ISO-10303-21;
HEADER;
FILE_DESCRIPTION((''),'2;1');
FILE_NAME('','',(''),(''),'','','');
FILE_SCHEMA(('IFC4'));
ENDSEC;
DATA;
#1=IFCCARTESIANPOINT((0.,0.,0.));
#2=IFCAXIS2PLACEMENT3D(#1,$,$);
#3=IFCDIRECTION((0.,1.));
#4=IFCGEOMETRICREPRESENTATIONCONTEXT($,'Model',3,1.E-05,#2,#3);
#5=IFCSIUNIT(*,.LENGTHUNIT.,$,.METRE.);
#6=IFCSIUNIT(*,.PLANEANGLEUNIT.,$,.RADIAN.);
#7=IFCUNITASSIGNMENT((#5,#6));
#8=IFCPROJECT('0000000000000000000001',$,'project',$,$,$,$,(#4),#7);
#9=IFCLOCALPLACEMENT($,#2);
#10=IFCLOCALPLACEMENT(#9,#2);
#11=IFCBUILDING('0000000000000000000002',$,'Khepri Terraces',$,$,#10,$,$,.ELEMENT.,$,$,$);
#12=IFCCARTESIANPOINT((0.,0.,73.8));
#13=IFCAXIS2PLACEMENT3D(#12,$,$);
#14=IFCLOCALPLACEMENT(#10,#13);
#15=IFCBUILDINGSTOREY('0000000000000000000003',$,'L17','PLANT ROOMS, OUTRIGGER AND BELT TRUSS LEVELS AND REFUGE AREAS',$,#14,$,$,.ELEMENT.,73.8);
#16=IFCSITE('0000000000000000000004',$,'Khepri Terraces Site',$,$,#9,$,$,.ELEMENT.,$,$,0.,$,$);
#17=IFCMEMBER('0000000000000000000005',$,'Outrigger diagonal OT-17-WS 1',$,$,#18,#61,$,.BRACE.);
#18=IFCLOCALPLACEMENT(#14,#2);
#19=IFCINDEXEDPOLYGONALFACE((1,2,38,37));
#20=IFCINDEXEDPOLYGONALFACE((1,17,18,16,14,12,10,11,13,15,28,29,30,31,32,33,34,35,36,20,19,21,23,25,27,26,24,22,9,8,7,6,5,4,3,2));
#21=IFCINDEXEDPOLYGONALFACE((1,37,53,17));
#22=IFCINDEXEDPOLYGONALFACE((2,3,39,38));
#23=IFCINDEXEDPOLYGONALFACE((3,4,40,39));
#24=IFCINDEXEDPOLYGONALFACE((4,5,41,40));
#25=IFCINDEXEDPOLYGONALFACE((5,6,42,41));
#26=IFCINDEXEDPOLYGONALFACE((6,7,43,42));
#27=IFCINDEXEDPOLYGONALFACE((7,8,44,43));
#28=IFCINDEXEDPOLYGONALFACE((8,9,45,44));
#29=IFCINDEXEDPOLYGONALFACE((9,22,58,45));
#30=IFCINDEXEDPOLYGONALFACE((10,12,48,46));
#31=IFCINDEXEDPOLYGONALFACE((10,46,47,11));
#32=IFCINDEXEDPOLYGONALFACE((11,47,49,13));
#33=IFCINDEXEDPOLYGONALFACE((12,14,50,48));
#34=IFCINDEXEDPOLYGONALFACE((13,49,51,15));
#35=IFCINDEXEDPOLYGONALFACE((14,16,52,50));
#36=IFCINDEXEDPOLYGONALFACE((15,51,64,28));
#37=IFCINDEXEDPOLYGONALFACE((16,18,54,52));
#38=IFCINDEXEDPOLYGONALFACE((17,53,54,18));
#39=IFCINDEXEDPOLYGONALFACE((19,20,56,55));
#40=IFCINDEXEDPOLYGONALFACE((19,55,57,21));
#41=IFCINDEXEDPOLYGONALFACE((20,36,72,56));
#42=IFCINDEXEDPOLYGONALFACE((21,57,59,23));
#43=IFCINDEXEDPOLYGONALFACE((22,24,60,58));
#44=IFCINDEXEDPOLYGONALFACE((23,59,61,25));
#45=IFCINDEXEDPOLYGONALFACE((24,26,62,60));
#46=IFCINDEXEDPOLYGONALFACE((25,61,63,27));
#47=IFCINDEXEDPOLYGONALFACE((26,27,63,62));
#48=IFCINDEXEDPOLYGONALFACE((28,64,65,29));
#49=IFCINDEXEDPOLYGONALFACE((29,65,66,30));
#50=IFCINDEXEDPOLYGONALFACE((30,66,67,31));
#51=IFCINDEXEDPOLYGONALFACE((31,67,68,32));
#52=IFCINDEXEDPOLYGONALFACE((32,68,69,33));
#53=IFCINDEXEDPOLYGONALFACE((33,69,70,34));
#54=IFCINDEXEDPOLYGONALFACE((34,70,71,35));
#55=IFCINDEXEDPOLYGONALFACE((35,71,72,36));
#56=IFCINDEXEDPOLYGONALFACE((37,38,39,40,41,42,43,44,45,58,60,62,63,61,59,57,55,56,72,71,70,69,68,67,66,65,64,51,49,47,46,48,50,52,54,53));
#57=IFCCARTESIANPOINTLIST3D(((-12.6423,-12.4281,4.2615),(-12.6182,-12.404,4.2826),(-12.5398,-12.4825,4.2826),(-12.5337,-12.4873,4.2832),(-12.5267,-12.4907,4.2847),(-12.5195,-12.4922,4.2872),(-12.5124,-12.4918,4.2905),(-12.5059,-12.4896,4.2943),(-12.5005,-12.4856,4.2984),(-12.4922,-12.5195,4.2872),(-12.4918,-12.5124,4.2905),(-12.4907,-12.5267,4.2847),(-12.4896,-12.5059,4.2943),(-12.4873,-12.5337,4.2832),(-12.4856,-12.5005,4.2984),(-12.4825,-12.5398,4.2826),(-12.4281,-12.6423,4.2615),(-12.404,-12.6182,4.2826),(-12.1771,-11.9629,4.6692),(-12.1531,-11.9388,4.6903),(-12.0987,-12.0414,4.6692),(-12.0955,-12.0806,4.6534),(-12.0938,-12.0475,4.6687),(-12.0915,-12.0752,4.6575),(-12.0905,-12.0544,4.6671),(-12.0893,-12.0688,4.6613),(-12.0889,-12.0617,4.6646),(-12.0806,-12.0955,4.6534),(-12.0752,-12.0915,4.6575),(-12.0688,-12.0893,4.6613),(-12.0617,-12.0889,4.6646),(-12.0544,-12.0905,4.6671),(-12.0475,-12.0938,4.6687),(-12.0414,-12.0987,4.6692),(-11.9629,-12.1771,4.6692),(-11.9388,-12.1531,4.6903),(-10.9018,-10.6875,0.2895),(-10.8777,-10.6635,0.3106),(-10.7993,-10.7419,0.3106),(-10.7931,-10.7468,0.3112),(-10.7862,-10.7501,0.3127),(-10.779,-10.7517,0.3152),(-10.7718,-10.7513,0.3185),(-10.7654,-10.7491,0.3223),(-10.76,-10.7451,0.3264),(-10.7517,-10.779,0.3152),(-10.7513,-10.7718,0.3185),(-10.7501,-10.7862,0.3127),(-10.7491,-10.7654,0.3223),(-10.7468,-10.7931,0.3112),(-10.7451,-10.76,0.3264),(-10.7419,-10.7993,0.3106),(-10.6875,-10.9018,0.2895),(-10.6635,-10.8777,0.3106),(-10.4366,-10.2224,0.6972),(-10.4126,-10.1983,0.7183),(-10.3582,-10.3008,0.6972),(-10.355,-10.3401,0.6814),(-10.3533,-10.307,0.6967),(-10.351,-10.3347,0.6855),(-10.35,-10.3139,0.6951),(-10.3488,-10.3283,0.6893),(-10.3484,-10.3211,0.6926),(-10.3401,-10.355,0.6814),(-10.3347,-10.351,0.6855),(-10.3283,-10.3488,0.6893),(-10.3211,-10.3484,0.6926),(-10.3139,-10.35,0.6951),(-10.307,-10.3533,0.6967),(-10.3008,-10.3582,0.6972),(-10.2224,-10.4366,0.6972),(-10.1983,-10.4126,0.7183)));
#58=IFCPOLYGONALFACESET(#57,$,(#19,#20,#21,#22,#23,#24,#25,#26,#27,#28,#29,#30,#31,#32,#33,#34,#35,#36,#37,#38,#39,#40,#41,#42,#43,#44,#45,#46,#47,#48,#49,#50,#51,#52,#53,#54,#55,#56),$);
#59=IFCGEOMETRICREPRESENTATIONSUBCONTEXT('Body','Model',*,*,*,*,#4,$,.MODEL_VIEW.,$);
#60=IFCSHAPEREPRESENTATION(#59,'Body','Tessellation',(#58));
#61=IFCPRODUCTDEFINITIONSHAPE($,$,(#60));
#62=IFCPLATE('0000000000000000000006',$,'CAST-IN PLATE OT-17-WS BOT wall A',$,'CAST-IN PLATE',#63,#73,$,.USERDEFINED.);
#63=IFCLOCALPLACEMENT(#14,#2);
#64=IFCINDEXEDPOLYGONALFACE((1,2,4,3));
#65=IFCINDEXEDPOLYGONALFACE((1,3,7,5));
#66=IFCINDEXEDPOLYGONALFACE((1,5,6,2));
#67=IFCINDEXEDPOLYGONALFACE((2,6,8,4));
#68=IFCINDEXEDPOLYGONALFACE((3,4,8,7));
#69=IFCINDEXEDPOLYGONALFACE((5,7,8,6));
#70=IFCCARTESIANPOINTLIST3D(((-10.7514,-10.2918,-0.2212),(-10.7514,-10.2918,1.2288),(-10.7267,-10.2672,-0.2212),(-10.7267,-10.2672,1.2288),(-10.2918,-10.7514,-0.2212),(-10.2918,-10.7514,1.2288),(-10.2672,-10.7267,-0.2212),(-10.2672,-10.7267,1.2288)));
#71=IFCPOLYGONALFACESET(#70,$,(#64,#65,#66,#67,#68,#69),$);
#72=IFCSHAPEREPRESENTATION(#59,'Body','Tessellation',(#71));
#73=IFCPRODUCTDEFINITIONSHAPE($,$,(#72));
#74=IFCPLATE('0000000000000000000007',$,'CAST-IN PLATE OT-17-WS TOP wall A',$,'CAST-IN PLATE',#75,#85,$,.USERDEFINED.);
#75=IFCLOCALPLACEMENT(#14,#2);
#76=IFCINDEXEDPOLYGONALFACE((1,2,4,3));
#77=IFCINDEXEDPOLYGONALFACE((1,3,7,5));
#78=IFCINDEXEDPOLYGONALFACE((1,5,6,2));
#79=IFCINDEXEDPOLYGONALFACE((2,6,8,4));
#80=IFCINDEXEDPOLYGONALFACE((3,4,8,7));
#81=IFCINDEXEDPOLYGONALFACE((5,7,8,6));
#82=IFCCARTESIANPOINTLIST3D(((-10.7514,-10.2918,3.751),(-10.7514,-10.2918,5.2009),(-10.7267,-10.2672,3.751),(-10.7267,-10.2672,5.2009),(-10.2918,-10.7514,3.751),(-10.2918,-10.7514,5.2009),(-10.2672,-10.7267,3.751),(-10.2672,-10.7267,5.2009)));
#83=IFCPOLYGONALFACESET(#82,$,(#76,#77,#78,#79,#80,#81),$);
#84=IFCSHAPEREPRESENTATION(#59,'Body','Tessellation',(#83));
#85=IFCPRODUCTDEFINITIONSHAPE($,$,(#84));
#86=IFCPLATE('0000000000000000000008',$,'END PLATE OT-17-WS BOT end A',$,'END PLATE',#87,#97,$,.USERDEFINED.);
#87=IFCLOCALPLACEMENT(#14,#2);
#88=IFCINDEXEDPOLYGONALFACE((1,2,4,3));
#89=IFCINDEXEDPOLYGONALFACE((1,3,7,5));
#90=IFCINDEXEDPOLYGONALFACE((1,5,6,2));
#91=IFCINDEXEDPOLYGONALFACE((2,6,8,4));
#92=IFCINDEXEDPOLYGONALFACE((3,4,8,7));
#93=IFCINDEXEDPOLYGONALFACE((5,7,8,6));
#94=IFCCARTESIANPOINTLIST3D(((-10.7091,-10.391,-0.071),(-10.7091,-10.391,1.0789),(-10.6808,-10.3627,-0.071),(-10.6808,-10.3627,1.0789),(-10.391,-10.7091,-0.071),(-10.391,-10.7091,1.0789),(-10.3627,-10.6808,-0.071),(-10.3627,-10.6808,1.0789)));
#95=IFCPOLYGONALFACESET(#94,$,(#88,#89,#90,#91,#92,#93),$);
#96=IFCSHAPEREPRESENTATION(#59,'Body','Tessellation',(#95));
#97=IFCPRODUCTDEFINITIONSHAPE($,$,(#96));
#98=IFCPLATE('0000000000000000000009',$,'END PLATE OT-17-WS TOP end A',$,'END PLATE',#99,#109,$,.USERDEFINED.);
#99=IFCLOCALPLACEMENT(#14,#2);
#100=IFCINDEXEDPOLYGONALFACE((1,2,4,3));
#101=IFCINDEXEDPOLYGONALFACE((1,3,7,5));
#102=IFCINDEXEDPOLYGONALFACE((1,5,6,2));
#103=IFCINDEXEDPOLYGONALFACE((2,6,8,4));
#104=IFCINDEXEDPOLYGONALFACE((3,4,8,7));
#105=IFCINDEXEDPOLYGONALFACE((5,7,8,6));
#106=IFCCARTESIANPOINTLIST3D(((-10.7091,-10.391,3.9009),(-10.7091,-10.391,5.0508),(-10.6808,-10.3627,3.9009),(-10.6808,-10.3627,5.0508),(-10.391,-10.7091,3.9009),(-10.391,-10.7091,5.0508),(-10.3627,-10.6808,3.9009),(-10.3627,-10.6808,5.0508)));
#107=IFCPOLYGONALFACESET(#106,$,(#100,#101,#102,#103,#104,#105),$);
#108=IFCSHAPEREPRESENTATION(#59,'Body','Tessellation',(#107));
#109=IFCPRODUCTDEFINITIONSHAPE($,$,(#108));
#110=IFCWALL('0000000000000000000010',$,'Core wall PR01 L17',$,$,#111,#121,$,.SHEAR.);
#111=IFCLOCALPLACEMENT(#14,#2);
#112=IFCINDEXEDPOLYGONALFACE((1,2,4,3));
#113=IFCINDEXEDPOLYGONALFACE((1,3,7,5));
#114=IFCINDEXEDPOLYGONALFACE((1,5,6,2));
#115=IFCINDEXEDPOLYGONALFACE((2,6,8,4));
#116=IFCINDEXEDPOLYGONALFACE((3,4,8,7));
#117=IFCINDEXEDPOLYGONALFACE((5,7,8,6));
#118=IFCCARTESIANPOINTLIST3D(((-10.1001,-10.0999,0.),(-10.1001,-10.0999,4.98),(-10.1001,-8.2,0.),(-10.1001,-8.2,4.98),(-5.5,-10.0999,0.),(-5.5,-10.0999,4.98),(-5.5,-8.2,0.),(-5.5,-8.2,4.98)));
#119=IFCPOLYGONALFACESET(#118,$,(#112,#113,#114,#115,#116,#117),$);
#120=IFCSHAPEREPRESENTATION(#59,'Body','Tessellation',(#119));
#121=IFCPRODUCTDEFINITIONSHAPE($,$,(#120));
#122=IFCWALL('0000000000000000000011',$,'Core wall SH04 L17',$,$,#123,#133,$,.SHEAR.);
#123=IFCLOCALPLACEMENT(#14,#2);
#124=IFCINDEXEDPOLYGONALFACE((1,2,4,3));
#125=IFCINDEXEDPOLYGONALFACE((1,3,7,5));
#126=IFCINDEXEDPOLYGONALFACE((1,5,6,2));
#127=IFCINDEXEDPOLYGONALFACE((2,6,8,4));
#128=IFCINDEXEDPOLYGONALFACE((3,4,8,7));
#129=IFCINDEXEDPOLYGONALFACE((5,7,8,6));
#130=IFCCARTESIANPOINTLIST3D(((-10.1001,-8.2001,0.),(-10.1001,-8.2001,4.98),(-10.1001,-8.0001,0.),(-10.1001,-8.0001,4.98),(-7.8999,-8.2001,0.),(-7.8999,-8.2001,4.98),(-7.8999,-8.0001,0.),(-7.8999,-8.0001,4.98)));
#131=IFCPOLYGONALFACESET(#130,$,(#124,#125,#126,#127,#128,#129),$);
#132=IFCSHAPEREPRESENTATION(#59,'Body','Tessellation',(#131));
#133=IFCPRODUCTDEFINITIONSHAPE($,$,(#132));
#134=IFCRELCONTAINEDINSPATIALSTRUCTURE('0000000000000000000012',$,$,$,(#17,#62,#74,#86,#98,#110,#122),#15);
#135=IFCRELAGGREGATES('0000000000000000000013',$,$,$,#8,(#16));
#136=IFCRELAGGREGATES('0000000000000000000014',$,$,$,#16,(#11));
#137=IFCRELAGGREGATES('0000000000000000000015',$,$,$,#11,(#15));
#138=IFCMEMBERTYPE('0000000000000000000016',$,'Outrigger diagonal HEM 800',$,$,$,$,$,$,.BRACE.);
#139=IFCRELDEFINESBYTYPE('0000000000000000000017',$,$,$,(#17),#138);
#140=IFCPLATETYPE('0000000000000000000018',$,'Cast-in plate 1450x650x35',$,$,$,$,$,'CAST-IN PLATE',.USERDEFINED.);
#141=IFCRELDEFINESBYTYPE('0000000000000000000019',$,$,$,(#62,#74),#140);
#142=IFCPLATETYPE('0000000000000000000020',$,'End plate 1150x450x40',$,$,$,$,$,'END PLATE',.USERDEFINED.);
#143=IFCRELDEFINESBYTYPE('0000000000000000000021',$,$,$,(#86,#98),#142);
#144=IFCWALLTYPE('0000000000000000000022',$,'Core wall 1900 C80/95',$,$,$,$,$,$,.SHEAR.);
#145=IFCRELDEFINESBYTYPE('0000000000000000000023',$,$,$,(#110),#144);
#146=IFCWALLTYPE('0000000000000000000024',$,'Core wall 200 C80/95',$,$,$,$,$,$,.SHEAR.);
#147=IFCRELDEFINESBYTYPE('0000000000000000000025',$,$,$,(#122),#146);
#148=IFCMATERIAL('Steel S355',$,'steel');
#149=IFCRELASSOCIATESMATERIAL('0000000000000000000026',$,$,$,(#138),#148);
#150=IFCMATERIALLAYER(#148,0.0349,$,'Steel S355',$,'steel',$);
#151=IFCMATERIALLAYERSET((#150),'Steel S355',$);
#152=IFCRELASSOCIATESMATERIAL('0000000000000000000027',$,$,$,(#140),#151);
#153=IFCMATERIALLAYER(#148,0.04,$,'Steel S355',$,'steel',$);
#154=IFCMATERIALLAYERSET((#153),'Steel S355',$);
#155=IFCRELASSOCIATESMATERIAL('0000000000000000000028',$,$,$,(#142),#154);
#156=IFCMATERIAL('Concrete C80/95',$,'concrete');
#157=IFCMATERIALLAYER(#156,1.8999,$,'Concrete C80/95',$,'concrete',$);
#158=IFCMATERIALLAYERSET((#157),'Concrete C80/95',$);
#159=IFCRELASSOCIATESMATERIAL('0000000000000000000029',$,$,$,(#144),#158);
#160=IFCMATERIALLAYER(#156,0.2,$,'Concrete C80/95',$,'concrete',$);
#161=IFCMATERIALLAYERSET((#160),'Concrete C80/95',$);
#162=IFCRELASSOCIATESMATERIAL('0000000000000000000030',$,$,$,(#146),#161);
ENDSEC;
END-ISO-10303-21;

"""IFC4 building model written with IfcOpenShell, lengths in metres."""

from ifc_helpers import new_model, si_unit, direction, frame, frame_2d, origin, origin_2d, place, context, subcontext, project, spatial, rectangle, i_section, extrude, material, layer, layer_set, material_profile, profile_set, type_object, element, save


model = new_model("IFC4")

# Units and contexts
model_context = context("Model", 3, precision=1e-05, world=origin(), true_north=direction((0.0, 1.0)))
body_context = subcontext(model_context, "Body", "Model", "MODEL_VIEW")
ifc_project = project(units=[si_unit("LENGTHUNIT", "METRE"), si_unit("PLANEANGLEUNIT", "RADIAN")], contexts=[model_context])

# Site, building, storey
site_placement = place(None, origin())
site = spatial("IfcSite", under=ifc_project, at=site_placement, Name="Khepri Terraces Site", CompositionType="ELEMENT", RefElevation=0.0)
building_placement = place(site_placement, origin())
building = spatial("IfcBuilding", under=site, at=building_placement, Name="Khepri Terraces", CompositionType="ELEMENT")
storey_placement = place(building_placement, frame((0.0, 0.0, 73.8)))
storey = spatial("IfcBuildingStorey", under=building, at=storey_placement, Name="L17", Description="PLANT ROOMS, OUTRIGGER AND BELT TRUSS LEVELS AND REFUGE AREAS", CompositionType="ELEMENT", Elevation=73.8)

# Member
ifc_material_1 = material(Name="Steel S355", Category="steel")
ifc_material_profile = material_profile(ifc_material_1, i_section(OverallWidth=0.303, OverallDepth=0.814, WebThickness=0.021, FlangeThickness=0.04, FilletRadius=0.03, at=origin_2d()), Name="Steel S355", Category="steel")
ifc_profile_set = profile_set([ifc_material_profile], Name="Steel S355")
member_type = type_object("IfcMemberType", Name="Outrigger diagonal HEM 800", PredefinedType="BRACE", material=ifc_profile_set)
member_placement = place(storey_placement, frame((-10.55, -10.55, 0.5039), z_axis=(-0.372473, -0.372473, 0.850016), x_axis=(0.707107, -0.707107, 0.0)))
element("IfcMember", 1, at=member_placement, inside=storey, type_object=member_type, Name="Outrigger diagonal OT-17-WS 1", PredefinedType="BRACE", context=body_context, shape_type="SweptSolid", body=[
    extrude(i_section(OverallWidth=0.303, OverallDepth=0.814, WebThickness=0.021, FlangeThickness=0.04, FilletRadius=0.03, at=origin_2d()), origin(), (0.0, 0.0, 1.0), 4.6729),
])

# Plates
ifc_layer_1 = layer(ifc_material_1, 0.0349, Name="Steel S355", Category="steel")
ifc_layer_set_1 = layer_set([ifc_layer_1], Name="Steel S355")
plate_type_1 = type_object("IfcPlateType", Name="Cast-in plate 1450x650x35", ElementType="CAST-IN PLATE", PredefinedType="USERDEFINED", material=ifc_layer_set_1)
for number, where, z_axis, x_axis, name in (
    (2, (-10.5093, -10.5093, -0.2212), (0.0, 0.0, 1.0), (-0.707107, -0.707107, 0.0), "CAST-IN PLATE OT-17-WS BOT wall A"),
    (3, (-10.5093, -10.5093, 3.751), (0.0, 0.0, 1.0), (-0.707107, -0.707107, 0.0), "CAST-IN PLATE OT-17-WS TOP wall A"),
):
    element("IfcPlate", number, at=place(storey_placement, frame(where, z_axis=z_axis, x_axis=x_axis)), inside=storey, type_object=plate_type_1, Name=name, ObjectType="CAST-IN PLATE", PredefinedType="USERDEFINED", context=body_context, shape_type="SweptSolid", body=[
        extrude(rectangle(XDim=0.0349, YDim=0.6499, at=origin_2d()), origin(), (0.0, 0.0, 1.0), 1.45),
    ])
ifc_layer_2 = layer(ifc_material_1, 0.04, Name="Steel S355", Category="steel")
ifc_layer_set_2 = layer_set([ifc_layer_2], Name="Steel S355")
plate_type_2 = type_object("IfcPlateType", Name="End plate 1150x450x40", ElementType="END PLATE", PredefinedType="USERDEFINED", material=ifc_layer_set_2)
for number, where, z_axis, x_axis, name in (
    (4, (-10.5359, -10.5359, -0.071), (0.0, 0.0, 1.0), (-0.707107, -0.707107, 0.0), "END PLATE OT-17-WS BOT end A"),
    (5, (-10.5359, -10.5359, 3.9009), (0.0, 0.0, 1.0), (-0.707107, -0.707107, 0.0), "END PLATE OT-17-WS TOP end A"),
):
    element("IfcPlate", number, at=place(storey_placement, frame(where, z_axis=z_axis, x_axis=x_axis)), inside=storey, type_object=plate_type_2, Name=name, ObjectType="END PLATE", PredefinedType="USERDEFINED", context=body_context, shape_type="SweptSolid", body=[
        extrude(rectangle(XDim=0.04, YDim=0.45, at=origin_2d()), origin(), (0.0, 0.0, 1.0), 1.1499),
    ])

# Walls
ifc_material_2 = material(Name="Concrete C80/95", Category="concrete")
ifc_layer_3 = layer(ifc_material_2, 1.8999, Name="Concrete C80/95", Category="concrete")
ifc_layer_set_3 = layer_set([ifc_layer_3], Name="Concrete C80/95")
wall_type_1 = type_object("IfcWallType", Name="Core wall 1900 C80/95", PredefinedType="SHEAR", material=ifc_layer_set_3)
wall_1_placement = place(storey_placement, frame((-10.1001, -9.1499, 0.0), z_axis=(0.0, 0.0, 1.0), x_axis=(1.0, 0.0, 0.0)))
element("IfcWall", 6, at=wall_1_placement, inside=storey, type_object=wall_type_1, Name="Core wall PR01 L17", PredefinedType="SHEAR", context=body_context, shape_type="SweptSolid", body=[
    extrude(rectangle(XDim=4.6001, YDim=1.8999, at=frame_2d((2.3, 0.0))), origin(), (0.0, 0.0, 1.0), 4.98),
])
ifc_layer_4 = layer(ifc_material_2, 0.2, Name="Concrete C80/95", Category="concrete")
ifc_layer_set_4 = layer_set([ifc_layer_4], Name="Concrete C80/95")
wall_type_2 = type_object("IfcWallType", Name="Core wall 200 C80/95", PredefinedType="SHEAR", material=ifc_layer_set_4)
wall_2_placement = place(storey_placement, frame((-10.1001, -8.1001, 0.0), z_axis=(0.0, 0.0, 1.0), x_axis=(1.0, 0.0, 0.0)))
element("IfcWall", 7, at=wall_2_placement, inside=storey, type_object=wall_type_2, Name="Core wall SH04 L17", PredefinedType="SHEAR", context=body_context, shape_type="SweptSolid", body=[
    extrude(rectangle(XDim=2.2002, YDim=0.2, at=frame_2d((1.1001, 0.0))), origin(), (0.0, 0.0, 1.0), 4.98),
])

save(model, "model.ifc")
